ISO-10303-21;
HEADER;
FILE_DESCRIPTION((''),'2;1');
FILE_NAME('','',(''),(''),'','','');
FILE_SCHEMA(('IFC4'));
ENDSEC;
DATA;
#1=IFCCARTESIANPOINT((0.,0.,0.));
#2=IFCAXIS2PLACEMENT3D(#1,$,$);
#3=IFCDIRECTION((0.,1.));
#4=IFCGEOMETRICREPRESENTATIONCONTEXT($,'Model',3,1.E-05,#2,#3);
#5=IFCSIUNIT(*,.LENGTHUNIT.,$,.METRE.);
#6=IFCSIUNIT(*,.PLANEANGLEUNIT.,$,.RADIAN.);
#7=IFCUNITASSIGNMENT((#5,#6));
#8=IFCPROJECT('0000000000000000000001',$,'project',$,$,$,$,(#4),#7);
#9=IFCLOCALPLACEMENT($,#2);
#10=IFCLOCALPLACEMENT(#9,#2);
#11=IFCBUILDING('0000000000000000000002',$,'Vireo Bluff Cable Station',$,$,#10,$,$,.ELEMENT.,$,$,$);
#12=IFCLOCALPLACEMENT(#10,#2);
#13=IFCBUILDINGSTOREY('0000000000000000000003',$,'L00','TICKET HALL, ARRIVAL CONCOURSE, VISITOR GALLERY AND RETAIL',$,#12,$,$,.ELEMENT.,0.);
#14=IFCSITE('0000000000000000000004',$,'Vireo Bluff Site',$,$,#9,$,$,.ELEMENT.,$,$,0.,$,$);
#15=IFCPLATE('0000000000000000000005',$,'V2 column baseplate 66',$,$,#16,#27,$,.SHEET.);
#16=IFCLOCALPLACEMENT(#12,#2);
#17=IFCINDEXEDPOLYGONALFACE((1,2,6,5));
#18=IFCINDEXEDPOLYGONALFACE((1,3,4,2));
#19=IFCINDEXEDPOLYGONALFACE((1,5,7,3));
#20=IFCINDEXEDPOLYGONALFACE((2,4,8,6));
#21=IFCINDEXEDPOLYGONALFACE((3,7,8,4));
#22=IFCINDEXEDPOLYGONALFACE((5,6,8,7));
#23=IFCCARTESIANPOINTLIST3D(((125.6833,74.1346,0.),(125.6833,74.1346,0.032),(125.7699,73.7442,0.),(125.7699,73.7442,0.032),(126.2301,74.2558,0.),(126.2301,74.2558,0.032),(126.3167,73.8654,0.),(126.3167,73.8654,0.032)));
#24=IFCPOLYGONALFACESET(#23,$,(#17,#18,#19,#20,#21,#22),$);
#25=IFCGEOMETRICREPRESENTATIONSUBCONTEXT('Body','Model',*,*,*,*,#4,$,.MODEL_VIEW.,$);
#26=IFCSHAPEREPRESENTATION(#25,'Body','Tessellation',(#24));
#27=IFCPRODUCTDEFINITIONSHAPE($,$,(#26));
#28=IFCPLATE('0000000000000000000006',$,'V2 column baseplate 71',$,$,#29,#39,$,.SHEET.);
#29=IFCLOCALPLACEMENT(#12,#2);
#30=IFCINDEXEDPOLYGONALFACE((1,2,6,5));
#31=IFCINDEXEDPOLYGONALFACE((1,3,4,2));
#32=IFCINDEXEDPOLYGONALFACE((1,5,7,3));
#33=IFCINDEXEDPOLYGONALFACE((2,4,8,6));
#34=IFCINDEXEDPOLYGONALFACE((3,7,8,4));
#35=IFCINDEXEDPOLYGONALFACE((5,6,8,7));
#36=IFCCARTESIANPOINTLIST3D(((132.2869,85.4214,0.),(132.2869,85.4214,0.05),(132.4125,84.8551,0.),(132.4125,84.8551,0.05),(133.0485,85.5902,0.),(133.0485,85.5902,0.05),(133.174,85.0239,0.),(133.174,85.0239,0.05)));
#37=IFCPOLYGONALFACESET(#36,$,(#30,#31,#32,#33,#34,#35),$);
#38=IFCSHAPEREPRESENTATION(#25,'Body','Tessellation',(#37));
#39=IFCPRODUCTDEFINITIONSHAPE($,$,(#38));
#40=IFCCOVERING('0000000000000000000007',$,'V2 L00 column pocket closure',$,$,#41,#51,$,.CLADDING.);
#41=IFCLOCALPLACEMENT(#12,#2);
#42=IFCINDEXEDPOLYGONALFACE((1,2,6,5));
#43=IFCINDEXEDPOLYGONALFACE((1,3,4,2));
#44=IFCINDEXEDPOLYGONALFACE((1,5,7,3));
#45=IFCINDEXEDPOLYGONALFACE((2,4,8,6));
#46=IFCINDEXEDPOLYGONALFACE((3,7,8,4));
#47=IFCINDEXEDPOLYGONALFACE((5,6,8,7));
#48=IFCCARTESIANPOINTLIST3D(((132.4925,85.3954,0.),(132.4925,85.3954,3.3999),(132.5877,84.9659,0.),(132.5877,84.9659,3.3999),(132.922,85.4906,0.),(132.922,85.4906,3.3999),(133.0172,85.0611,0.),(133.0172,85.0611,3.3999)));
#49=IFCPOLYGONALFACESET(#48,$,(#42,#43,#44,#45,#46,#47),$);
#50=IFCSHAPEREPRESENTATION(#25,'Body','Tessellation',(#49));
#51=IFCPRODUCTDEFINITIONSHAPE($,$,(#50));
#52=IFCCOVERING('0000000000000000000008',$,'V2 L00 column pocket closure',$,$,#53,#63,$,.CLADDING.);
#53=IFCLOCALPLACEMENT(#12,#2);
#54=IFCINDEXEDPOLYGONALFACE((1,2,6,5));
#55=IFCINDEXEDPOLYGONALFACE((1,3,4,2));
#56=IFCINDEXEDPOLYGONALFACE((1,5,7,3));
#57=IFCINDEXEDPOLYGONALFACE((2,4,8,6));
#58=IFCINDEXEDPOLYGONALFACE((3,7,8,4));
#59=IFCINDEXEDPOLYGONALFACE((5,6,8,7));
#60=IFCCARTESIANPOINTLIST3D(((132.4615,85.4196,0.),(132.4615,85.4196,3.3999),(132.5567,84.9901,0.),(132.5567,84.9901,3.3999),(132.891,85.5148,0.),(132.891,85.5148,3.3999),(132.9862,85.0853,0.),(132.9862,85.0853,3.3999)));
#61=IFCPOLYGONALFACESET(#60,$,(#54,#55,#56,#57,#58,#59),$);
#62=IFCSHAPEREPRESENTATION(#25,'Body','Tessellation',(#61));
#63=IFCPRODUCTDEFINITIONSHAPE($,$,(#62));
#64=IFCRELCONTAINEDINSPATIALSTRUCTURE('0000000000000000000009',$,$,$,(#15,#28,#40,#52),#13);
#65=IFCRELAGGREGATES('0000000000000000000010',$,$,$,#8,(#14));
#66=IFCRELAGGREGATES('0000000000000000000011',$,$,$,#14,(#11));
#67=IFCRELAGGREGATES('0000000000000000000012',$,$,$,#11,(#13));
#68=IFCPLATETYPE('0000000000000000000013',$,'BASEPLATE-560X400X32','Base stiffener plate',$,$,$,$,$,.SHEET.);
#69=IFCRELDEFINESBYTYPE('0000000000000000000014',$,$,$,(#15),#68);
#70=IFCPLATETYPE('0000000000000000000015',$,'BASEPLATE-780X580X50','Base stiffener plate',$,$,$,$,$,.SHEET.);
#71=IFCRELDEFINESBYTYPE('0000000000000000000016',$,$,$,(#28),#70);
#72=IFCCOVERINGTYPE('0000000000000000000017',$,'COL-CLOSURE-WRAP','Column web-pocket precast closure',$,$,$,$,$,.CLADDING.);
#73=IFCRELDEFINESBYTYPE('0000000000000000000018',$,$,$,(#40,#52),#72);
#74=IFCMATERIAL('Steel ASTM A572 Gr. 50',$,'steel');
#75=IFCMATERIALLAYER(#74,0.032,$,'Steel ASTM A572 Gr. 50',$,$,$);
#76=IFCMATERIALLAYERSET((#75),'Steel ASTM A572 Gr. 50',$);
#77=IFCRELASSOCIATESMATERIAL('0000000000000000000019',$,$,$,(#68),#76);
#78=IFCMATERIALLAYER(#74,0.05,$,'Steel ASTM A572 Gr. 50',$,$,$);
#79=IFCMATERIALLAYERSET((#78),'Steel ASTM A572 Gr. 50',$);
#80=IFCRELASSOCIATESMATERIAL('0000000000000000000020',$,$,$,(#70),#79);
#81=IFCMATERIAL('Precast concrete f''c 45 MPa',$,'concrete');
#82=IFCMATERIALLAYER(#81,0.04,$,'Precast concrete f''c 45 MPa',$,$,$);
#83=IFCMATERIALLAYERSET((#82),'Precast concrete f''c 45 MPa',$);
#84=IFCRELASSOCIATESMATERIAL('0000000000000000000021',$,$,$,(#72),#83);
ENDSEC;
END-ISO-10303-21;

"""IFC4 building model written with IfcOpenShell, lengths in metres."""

from ifc_helpers import new_model, si_unit, direction, frame, origin, origin_2d, place, context, subcontext, project, spatial, rectangle, extrude, material, layer, layer_set, type_object, element, save


model = new_model("IFC4")

# Units and contexts
model_context = context("Model", 3, precision=1e-05, world=origin(), true_north=direction((0.0, 1.0)))
body_context = subcontext(model_context, "Body", "Model", "MODEL_VIEW")
ifc_project = project(units=[si_unit("LENGTHUNIT", "METRE"), si_unit("PLANEANGLEUNIT", "RADIAN")], contexts=[model_context])

# Site, building, storey
site_placement = place(None, origin())
site = spatial("IfcSite", under=ifc_project, at=site_placement, Name="Vireo Bluff Site", CompositionType="ELEMENT", RefElevation=0.0)
building_placement = place(site_placement, origin())
building = spatial("IfcBuilding", under=site, at=building_placement, Name="Vireo Bluff Cable Station", CompositionType="ELEMENT")
storey_placement = place(building_placement, origin())
storey = spatial("IfcBuildingStorey", under=building, at=storey_placement, Name="L00", Description="TICKET HALL, ARRIVAL CONCOURSE, VISITOR GALLERY AND RETAIL", CompositionType="ELEMENT", Elevation=0.0)

# Plates
ifc_material_1 = material(Name="Steel ASTM A572 Gr. 50", Category="steel")
ifc_layer_1 = layer(ifc_material_1, 0.032, Name="Steel ASTM A572 Gr. 50")
ifc_layer_set_1 = layer_set([ifc_layer_1], Name="Steel ASTM A572 Gr. 50")
plate_type_1 = type_object("IfcPlateType", Name="BASEPLATE-560X400X32", Description="Base stiffener plate", PredefinedType="SHEET", material=ifc_layer_set_1)
plate_1_placement = place(storey_placement, frame((126.0, 74.0, 0.0), z_axis=(0.0, 0.0, 1.0), x_axis=(0.976296, 0.21644, 0.0)))
element("IfcPlate", 1, at=plate_1_placement, inside=storey, type_object=plate_type_1, Name="V2 column baseplate 66", PredefinedType="SHEET", context=body_context, shape_type="SweptSolid", body=[
    extrude(rectangle(XDim=0.5601, YDim=0.3999, at=origin_2d()), origin(), (0.0, 0.0, 1.0), 0.032),
])
ifc_layer_2 = layer(ifc_material_1, 0.05, Name="Steel ASTM A572 Gr. 50")
ifc_layer_set_2 = layer_set([ifc_layer_2], Name="Steel ASTM A572 Gr. 50")
plate_type_2 = type_object("IfcPlateType", Name="BASEPLATE-780X580X50", Description="Base stiffener plate", PredefinedType="SHEET", material=ifc_layer_set_2)
plate_2_placement = place(storey_placement, frame((132.7305, 85.2227, 0.0), z_axis=(0.0, 0.0, 1.0), x_axis=(0.976296, 0.21644, 0.0)))
element("IfcPlate", 2, at=plate_2_placement, inside=storey, type_object=plate_type_2, Name="V2 column baseplate 71", PredefinedType="SHEET", context=body_context, shape_type="SweptSolid", body=[
    extrude(rectangle(XDim=0.78, YDim=0.5801, at=origin_2d()), origin(), (0.0, 0.0, 1.0), 0.05),
])

# Coverings
ifc_material_2 = material(Name="Precast concrete f'c 45 MPa", Category="concrete")
ifc_layer_3 = layer(ifc_material_2, 0.04, Name="Precast concrete f'c 45 MPa")
ifc_layer_set_3 = layer_set([ifc_layer_3], Name="Precast concrete f'c 45 MPa")
covering_type = type_object("IfcCoveringType", Name="COL-CLOSURE-WRAP", Description="Column web-pocket precast closure", PredefinedType="CLADDING", material=ifc_layer_set_3)
for number, where, z_axis, x_axis, name in (
    (3, (132.7549, 85.2283, 0.0), (0.0, 0.0, 1.0), (0.976296, 0.21644, 0.0), "V2 L00 column pocket closure"),
    (4, (132.7239, 85.2524, 0.0), (0.0, 0.0, 1.0), (0.976296, 0.21644, 0.0), "V2 L00 column pocket closure"),
):
    element("IfcCovering", number, at=place(storey_placement, frame(where, z_axis=z_axis, x_axis=x_axis)), inside=storey, type_object=covering_type, Name=name, PredefinedType="CLADDING", context=body_context, shape_type="SweptSolid", body=[
        extrude(rectangle(XDim=0.4399, YDim=0.4399, at=origin_2d()), origin(), (0.0, 0.0, 1.0), 3.3999),
    ])

save(model, "model.ifc")
